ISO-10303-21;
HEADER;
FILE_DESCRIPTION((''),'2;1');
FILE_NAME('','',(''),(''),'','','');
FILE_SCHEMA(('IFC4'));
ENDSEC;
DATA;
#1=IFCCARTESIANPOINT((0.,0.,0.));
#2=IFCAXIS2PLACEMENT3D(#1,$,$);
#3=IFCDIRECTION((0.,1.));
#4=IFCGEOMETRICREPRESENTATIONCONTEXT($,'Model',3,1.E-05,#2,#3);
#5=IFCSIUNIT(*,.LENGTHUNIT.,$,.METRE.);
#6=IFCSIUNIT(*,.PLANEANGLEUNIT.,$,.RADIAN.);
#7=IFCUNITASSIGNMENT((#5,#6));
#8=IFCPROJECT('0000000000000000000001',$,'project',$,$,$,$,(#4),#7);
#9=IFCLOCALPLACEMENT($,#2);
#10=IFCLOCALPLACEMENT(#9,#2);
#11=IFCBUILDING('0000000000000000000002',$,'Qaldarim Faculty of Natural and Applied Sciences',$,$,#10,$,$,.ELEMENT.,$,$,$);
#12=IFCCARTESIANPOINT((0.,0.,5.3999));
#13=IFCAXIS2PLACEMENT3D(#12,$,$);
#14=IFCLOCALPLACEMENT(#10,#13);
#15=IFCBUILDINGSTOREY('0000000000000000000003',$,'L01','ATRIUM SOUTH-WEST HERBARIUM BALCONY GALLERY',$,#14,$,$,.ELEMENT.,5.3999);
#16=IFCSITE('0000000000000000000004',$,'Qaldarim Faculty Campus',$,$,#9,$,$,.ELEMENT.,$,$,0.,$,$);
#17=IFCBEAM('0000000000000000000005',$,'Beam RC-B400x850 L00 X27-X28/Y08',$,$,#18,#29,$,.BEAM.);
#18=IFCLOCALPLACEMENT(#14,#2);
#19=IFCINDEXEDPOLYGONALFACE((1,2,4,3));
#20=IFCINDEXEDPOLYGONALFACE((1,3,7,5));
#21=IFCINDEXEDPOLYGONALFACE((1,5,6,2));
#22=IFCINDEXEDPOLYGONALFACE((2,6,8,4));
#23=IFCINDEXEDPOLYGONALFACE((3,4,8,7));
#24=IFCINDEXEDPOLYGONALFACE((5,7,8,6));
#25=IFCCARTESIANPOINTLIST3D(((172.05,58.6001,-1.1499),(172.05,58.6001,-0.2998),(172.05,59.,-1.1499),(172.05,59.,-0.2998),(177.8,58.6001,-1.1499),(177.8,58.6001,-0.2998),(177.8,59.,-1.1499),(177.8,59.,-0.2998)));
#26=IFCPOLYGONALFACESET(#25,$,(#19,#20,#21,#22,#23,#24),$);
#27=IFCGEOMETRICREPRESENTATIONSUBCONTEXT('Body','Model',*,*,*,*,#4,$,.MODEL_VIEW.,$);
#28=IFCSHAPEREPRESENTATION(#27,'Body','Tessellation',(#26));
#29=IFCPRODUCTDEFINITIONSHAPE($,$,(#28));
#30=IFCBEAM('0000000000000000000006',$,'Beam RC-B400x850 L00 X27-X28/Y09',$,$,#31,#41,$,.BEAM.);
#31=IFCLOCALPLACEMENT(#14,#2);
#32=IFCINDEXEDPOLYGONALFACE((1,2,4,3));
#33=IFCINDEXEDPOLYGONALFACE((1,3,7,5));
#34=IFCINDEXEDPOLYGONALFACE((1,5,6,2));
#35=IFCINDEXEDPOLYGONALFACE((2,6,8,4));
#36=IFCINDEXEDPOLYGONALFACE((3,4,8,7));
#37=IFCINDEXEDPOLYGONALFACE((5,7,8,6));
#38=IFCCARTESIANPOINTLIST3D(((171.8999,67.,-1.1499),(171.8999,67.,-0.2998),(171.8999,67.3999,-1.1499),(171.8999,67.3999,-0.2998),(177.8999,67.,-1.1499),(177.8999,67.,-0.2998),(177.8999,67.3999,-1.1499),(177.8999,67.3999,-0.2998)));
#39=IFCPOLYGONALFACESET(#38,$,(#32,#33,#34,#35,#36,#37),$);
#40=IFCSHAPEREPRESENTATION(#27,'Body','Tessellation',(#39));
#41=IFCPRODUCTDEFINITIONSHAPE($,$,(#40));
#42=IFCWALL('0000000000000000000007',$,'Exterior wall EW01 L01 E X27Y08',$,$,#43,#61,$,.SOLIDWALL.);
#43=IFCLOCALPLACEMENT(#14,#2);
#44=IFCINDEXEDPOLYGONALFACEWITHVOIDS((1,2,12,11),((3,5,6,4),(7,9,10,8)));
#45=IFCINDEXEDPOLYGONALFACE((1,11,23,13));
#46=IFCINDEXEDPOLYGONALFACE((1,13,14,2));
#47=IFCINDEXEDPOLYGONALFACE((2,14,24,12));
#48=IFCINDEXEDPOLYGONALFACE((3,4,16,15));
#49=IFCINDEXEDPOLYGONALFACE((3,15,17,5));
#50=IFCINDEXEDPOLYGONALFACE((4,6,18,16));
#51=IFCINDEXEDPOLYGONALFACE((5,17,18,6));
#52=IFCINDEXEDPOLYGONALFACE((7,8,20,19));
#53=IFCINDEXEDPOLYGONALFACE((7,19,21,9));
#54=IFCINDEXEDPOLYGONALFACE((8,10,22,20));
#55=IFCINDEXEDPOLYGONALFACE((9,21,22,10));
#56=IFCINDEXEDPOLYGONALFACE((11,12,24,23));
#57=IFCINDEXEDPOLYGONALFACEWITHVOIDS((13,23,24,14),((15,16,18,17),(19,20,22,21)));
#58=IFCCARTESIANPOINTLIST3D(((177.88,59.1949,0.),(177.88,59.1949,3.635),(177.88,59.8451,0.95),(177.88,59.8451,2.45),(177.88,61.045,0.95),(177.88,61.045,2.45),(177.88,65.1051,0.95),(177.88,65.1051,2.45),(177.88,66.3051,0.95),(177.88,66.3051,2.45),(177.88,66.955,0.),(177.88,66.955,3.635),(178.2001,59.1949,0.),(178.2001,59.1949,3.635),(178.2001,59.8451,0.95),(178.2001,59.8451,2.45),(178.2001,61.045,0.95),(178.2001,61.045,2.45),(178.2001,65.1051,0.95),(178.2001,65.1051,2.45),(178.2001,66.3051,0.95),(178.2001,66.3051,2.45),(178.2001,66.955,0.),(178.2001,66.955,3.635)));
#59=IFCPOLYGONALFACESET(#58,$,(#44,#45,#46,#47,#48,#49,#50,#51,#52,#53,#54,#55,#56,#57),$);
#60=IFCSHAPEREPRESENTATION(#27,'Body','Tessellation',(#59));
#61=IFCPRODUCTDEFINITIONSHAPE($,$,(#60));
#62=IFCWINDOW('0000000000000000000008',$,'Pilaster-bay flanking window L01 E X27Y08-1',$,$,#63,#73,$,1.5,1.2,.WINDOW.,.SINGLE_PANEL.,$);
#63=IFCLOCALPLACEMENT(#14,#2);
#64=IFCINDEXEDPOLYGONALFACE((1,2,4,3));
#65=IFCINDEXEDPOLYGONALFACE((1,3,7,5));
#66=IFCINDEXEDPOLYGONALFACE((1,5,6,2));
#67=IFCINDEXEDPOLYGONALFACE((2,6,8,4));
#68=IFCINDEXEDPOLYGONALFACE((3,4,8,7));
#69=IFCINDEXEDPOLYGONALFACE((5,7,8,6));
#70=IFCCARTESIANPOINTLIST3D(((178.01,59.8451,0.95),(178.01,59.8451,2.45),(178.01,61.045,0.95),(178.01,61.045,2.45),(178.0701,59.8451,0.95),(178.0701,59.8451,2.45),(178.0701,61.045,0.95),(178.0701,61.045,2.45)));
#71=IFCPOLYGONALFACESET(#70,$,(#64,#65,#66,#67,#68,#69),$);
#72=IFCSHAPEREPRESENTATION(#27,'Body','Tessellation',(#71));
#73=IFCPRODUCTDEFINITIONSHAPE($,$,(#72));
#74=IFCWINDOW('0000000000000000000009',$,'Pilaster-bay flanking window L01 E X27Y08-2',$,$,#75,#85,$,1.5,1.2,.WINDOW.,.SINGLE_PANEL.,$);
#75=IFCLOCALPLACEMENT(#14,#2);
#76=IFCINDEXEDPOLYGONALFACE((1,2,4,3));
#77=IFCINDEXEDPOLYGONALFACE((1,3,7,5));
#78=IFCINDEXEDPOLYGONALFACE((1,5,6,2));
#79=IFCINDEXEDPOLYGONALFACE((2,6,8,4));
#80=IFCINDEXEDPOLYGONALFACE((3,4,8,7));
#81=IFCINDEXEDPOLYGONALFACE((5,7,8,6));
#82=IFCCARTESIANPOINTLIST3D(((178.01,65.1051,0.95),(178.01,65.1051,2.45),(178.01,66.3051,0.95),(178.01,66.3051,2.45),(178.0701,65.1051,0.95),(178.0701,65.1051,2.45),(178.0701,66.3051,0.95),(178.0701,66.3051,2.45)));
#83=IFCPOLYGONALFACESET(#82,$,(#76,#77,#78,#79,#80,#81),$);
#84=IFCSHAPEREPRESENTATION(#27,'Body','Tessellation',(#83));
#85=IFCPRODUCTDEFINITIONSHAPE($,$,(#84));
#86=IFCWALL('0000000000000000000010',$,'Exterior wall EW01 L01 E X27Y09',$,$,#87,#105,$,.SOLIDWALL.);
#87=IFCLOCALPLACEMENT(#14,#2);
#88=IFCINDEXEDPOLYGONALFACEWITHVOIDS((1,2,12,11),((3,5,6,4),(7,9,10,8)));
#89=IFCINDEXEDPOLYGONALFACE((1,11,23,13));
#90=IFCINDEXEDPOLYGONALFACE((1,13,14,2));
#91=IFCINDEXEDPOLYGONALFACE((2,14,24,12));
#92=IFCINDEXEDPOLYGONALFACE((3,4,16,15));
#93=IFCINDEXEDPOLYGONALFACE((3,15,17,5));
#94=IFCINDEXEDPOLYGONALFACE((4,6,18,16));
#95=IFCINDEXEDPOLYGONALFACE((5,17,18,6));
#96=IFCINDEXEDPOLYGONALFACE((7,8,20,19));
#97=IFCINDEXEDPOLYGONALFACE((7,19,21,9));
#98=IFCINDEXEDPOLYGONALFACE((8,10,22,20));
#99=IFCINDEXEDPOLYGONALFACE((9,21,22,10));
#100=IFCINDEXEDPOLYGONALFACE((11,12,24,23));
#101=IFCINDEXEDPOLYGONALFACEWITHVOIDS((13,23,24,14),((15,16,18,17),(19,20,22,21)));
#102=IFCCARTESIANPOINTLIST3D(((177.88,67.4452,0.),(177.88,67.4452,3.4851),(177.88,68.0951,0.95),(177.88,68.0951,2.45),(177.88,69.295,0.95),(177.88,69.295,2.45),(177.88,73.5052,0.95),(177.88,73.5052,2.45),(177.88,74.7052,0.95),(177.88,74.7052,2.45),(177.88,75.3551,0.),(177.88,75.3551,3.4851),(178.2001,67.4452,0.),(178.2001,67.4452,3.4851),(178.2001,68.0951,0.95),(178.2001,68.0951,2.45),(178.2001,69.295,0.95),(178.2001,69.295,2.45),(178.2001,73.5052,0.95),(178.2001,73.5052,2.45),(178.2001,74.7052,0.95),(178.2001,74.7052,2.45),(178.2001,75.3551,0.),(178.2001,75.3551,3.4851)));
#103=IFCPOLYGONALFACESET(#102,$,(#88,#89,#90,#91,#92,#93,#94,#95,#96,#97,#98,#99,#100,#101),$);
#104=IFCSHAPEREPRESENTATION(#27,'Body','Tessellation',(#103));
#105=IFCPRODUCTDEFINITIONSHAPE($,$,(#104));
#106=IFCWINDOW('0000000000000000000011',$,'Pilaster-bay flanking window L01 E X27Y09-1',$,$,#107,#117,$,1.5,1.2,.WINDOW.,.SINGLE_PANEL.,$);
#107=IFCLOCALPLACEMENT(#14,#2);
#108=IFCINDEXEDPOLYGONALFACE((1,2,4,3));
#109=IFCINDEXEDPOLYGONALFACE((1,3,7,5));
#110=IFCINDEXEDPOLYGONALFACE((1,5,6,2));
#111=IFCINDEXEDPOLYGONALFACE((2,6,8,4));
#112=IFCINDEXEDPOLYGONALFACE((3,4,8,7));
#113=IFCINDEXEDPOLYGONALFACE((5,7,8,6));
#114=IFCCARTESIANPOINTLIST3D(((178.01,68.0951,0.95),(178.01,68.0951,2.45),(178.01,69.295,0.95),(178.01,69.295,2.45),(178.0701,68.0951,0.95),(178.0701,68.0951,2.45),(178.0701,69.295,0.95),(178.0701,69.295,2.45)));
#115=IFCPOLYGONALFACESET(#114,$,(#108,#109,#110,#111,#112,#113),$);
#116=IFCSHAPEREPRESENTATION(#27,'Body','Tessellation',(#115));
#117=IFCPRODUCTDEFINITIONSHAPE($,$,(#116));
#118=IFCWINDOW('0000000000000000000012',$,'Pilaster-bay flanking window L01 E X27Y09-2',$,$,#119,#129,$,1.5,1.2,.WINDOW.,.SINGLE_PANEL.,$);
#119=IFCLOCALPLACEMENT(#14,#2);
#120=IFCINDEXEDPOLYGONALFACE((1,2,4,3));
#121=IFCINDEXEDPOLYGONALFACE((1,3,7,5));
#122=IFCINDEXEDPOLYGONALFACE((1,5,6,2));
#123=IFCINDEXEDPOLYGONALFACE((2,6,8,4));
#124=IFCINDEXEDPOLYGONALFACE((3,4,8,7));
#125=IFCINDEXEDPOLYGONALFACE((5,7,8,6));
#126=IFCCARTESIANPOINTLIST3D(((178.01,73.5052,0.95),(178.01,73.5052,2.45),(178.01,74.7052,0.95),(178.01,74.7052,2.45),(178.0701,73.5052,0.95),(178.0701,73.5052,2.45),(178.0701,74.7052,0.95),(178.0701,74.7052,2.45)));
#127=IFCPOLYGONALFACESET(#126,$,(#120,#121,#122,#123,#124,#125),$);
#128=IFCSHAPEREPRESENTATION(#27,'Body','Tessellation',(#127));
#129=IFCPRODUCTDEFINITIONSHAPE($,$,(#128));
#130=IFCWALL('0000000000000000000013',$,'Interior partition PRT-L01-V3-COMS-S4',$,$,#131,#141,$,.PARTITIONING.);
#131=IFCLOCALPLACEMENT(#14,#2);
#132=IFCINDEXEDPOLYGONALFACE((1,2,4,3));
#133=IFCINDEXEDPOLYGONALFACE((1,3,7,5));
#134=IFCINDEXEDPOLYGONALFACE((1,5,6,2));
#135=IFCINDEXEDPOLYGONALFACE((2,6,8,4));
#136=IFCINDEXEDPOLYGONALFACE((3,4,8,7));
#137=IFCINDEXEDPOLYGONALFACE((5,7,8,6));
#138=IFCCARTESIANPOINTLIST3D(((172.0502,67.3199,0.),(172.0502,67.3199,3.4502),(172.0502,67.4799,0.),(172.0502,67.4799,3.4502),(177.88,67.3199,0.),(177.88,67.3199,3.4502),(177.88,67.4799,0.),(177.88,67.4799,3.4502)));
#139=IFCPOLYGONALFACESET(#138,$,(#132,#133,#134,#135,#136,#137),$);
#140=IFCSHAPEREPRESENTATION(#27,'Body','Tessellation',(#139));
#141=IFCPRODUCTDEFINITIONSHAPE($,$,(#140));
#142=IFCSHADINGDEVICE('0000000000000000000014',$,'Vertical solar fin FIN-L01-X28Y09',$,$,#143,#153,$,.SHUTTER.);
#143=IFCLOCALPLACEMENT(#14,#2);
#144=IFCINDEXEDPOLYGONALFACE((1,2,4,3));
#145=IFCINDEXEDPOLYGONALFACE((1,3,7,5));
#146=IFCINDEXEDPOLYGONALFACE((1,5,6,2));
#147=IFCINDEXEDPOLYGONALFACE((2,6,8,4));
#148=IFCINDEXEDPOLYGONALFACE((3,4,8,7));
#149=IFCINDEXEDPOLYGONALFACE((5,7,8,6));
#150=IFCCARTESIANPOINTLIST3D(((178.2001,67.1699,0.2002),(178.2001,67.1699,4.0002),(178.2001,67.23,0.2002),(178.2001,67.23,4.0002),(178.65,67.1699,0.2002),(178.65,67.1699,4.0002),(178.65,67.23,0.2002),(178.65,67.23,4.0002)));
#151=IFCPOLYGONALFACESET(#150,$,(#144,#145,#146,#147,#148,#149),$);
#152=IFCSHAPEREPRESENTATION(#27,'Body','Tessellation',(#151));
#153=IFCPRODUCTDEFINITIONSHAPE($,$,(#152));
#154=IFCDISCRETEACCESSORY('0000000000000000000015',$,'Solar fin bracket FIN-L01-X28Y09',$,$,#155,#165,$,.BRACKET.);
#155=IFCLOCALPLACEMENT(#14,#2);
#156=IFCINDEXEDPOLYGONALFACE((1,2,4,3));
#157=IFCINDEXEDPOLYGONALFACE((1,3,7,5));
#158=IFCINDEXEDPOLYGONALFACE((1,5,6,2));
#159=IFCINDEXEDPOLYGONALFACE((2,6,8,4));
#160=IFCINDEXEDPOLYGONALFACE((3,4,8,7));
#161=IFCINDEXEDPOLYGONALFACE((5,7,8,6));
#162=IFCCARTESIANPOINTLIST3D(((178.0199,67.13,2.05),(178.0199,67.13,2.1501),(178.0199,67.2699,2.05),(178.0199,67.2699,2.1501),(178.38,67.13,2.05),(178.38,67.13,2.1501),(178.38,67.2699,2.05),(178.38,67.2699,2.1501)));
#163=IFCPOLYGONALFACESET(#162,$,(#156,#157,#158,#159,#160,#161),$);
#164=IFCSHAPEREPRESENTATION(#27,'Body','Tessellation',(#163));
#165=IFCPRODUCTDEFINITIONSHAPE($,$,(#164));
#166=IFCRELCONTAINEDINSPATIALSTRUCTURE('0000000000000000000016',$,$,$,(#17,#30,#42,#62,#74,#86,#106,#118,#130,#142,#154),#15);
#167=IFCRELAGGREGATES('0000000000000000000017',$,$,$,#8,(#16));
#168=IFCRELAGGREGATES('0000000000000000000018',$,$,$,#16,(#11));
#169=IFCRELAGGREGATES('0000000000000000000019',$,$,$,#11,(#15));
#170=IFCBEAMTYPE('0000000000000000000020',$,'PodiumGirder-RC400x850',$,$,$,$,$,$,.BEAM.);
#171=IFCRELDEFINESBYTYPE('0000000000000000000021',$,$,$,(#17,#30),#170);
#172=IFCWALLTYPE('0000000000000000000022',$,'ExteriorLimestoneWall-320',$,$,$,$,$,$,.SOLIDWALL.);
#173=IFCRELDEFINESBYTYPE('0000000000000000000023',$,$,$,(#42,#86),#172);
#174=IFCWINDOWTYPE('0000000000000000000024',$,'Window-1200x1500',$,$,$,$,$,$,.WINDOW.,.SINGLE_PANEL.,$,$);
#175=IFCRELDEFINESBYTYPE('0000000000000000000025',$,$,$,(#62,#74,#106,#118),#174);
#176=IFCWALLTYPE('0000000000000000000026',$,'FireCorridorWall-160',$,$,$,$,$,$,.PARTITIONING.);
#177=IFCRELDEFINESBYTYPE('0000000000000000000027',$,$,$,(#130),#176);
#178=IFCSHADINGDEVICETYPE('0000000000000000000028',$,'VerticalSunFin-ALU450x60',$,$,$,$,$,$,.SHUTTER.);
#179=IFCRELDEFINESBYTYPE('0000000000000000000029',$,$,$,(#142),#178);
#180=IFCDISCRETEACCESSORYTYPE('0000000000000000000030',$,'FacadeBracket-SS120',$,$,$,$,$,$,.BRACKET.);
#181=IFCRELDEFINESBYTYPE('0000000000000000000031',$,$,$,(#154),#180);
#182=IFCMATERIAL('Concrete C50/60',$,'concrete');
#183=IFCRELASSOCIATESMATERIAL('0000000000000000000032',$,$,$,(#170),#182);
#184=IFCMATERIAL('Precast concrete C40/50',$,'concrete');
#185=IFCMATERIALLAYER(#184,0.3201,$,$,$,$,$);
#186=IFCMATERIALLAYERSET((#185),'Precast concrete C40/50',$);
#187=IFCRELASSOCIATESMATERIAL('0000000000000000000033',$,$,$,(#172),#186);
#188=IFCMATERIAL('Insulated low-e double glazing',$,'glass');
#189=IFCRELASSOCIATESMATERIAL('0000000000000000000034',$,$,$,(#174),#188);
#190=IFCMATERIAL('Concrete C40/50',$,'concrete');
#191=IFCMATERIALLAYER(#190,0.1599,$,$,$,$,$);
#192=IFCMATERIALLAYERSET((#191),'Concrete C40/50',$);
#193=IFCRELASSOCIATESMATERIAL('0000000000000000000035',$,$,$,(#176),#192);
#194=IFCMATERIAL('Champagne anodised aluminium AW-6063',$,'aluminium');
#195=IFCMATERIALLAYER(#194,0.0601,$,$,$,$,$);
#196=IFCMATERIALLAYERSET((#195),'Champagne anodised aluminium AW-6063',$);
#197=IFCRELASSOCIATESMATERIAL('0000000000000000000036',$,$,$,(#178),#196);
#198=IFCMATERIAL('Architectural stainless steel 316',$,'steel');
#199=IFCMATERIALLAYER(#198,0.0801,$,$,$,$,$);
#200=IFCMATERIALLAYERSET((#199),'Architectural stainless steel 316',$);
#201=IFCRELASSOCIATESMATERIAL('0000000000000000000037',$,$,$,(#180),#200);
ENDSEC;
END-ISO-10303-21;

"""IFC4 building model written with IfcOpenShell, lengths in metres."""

from ifc_helpers import new_model, si_unit, direction, frame, frame_2d, origin, origin_2d, place, context, subcontext, project, spatial, rectangle, extrude, material, layer, layer_set, material_profile, profile_set, type_object, element, fill, save


model = new_model("IFC4")

# Units and contexts
model_context = context("Model", 3, precision=1e-05, world=origin(), true_north=direction((0.0, 1.0)))
body_context = subcontext(model_context, "Body", "Model", "MODEL_VIEW")
ifc_project = project(units=[si_unit("LENGTHUNIT", "METRE"), si_unit("PLANEANGLEUNIT", "RADIAN")], contexts=[model_context])

# Site, building, storey
site_placement = place(None, origin())
site = spatial("IfcSite", under=ifc_project, at=site_placement, Name="Qaldarim Faculty Campus", CompositionType="ELEMENT", RefElevation=0.0)
building_placement = place(site_placement, origin())
building = spatial("IfcBuilding", under=site, at=building_placement, Name="Qaldarim Faculty of Natural and Applied Sciences", CompositionType="ELEMENT")
storey_placement = place(building_placement, frame((0.0, 0.0, 5.3999)))
storey = spatial("IfcBuildingStorey", under=building, at=storey_placement, Name="L01", Description="ATRIUM SOUTH-WEST HERBARIUM BALCONY GALLERY", CompositionType="ELEMENT", Elevation=5.3999)

# Shared definitions
ifc_material_1 = material(Name="Concrete C50/60", Category="concrete")

# Beams
ifc_material_2 = material(Name="Concrete C40/50", Category="concrete")
ifc_material_profile_1 = material_profile(ifc_material_1, rectangle(XDim=0.3999, YDim=0.8501, at=origin_2d()), Name="RC-B400x850")
ifc_profile_set_1 = profile_set([ifc_material_profile_1], Name="Concrete C50/60")
beam_type_1 = type_object("IfcBeamType", Name="PodiumGirder-RC400x850", PredefinedType="BEAM", material=ifc_profile_set_1)
beam_1_placement = place(storey_placement, frame((172.05, 58.8, -0.7249), z_axis=(1.0, 0.0, 0.0), x_axis=(0.0, 1.0, 0.0)))
element("IfcBeam", 1, at=beam_1_placement, inside=storey, type_object=beam_type_1, Name="Beam RC-B400x850 L00 X27-X28/Y08", PredefinedType="BEAM", context=body_context, shape_type="SweptSolid", body=[
    extrude(rectangle(XDim=0.3999, YDim=0.8501, at=origin_2d()), origin(), (0.0, 0.0, 1.0), 5.75),
])
beam_2_placement = place(storey_placement, frame((171.8999, 67.2, -0.7249), z_axis=(1.0, 0.0, 0.0), x_axis=(0.0, 1.0, 0.0)))
element("IfcBeam", 2, at=beam_2_placement, inside=storey, type_object=beam_type_1, Name="Beam RC-B400x850 L00 X27-X28/Y09", PredefinedType="BEAM", context=body_context, shape_type="SweptSolid", body=[
    extrude(rectangle(XDim=0.3999, YDim=0.8501, at=origin_2d()), origin(), (0.0, 0.0, 1.0), 6.0),
])

# Walls, openings, windows
ifc_material_3 = material(Name="Precast concrete C40/50", Category="concrete")
ifc_layer_1 = layer(ifc_material_3, 0.3201)
ifc_layer_set_1 = layer_set([ifc_layer_1], Name="Precast concrete C40/50")
wall_type_1 = type_object("IfcWallType", Name="ExteriorLimestoneWall-320", PredefinedType="SOLIDWALL", material=ifc_layer_set_1)
wall_1_placement = place(storey_placement, frame((178.04, 59.1951, 0.0), z_axis=(0.0, 0.0, 1.0), x_axis=(0.0, 1.0, 0.0)))
wall_1 = element("IfcWall", 3, at=wall_1_placement, inside=storey, type_object=wall_type_1, Name="Exterior wall EW01 L01 E X27Y08", PredefinedType="SOLIDWALL", context=body_context, shape_type="SweptSolid", body=[
    extrude(rectangle(XDim=7.76, YDim=0.3201, at=frame_2d((3.8799, 0.0))), origin(), (0.0, 0.0, 1.0), 3.635),
])
opening_1_placement = place(wall_1_placement, frame((0.6499, 0.0, 0.95)))
opening_1 = element("IfcOpeningElement", 4, at=opening_1_placement, cuts=wall_1, PredefinedType="OPENING", context=body_context, shape_type="SweptSolid", body=[
    extrude(rectangle(XDim=1.2, YDim=1.5, at=frame_2d((0.6001, 0.75))), frame((0.0, 0.1699, 0.0), z_axis=(0.0, -1.0, 0.0), x_axis=(1.0, 0.0, 0.0)), (0.0, 0.0, 1.0), 0.3401),
])
opening_2_placement = place(wall_1_placement, frame((5.9099, 0.0, 0.95)))
opening_2 = element("IfcOpeningElement", 5, at=opening_2_placement, cuts=wall_1, PredefinedType="OPENING", context=body_context, shape_type="SweptSolid", body=[
    extrude(rectangle(XDim=1.2, YDim=1.5, at=frame_2d((0.6001, 0.75))), frame((0.0, 0.1699, 0.0), z_axis=(0.0, -1.0, 0.0), x_axis=(1.0, 0.0, 0.0)), (0.0, 0.0, 1.0), 0.3401),
])
ifc_material_4 = material(Name="Insulated low-e double glazing", Category="glass")
window_type = type_object("IfcWindowType", Name="Window-1200x1500", PartitioningType="SINGLE_PANEL", PredefinedType="WINDOW", material=ifc_material_4)
window_1_placement = place(opening_1_placement, origin())
window_1 = element("IfcWindow", 6, at=window_1_placement, inside=storey, type_object=window_type, Name="Pilaster-bay flanking window L01 E X27Y08-1", OverallHeight=1.5, OverallWidth=1.2, PartitioningType="SINGLE_PANEL", PredefinedType="WINDOW", context=body_context, shape_type="SweptSolid", body=[
    extrude(rectangle(XDim=1.2, YDim=1.5, at=frame_2d((0.6001, 0.75))), frame((0.0, 0.03, 0.0), z_axis=(0.0, -1.0, 0.0), x_axis=(1.0, 0.0, 0.0)), (0.0, 0.0, 1.0), 0.0601),
])
fill(opening_1, window_1)
window_2_placement = place(opening_2_placement, origin())
window_2 = element("IfcWindow", 7, at=window_2_placement, inside=storey, type_object=window_type, Name="Pilaster-bay flanking window L01 E X27Y08-2", OverallHeight=1.5, OverallWidth=1.2, PartitioningType="SINGLE_PANEL", PredefinedType="WINDOW", context=body_context, shape_type="SweptSolid", body=[
    extrude(rectangle(XDim=1.2, YDim=1.5, at=frame_2d((0.6001, 0.75))), frame((0.0, 0.03, 0.0), z_axis=(0.0, -1.0, 0.0), x_axis=(1.0, 0.0, 0.0)), (0.0, 0.0, 1.0), 0.0601),
])
fill(opening_2, window_2)
wall_2_placement = place(storey_placement, frame((178.04, 67.4451, 0.0), z_axis=(0.0, 0.0, 1.0), x_axis=(0.0, 1.0, 0.0)))
wall_2 = element("IfcWall", 8, at=wall_2_placement, inside=storey, type_object=wall_type_1, Name="Exterior wall EW01 L01 E X27Y09", PredefinedType="SOLIDWALL", context=body_context, shape_type="SweptSolid", body=[
    extrude(rectangle(XDim=7.9099, YDim=0.3201, at=frame_2d((3.9551, 0.0))), origin(), (0.0, 0.0, 1.0), 3.4851),
])
opening_3_placement = place(wall_2_placement, frame((0.6499, 0.0, 0.95)))
opening_3 = element("IfcOpeningElement", 9, at=opening_3_placement, cuts=wall_2, PredefinedType="OPENING", context=body_context, shape_type="SweptSolid", body=[
    extrude(rectangle(XDim=1.2, YDim=1.5, at=frame_2d((0.6001, 0.75))), frame((0.0, 0.1699, 0.0), z_axis=(0.0, -1.0, 0.0), x_axis=(1.0, 0.0, 0.0)), (0.0, 0.0, 1.0), 0.3401),
])
opening_4_placement = place(wall_2_placement, frame((6.0601, 0.0, 0.95)))
opening_4 = element("IfcOpeningElement", 10, at=opening_4_placement, cuts=wall_2, PredefinedType="OPENING", context=body_context, shape_type="SweptSolid", body=[
    extrude(rectangle(XDim=1.2, YDim=1.5, at=frame_2d((0.6001, 0.75))), frame((0.0, 0.1699, 0.0), z_axis=(0.0, -1.0, 0.0), x_axis=(1.0, 0.0, 0.0)), (0.0, 0.0, 1.0), 0.3401),
])
window_3_placement = place(opening_3_placement, origin())
window_3 = element("IfcWindow", 11, at=window_3_placement, inside=storey, type_object=window_type, Name="Pilaster-bay flanking window L01 E X27Y09-1", OverallHeight=1.5, OverallWidth=1.2, PartitioningType="SINGLE_PANEL", PredefinedType="WINDOW", context=body_context, shape_type="SweptSolid", body=[
    extrude(rectangle(XDim=1.2, YDim=1.5, at=frame_2d((0.6001, 0.75))), frame((0.0, 0.03, 0.0), z_axis=(0.0, -1.0, 0.0), x_axis=(1.0, 0.0, 0.0)), (0.0, 0.0, 1.0), 0.0601),
])
fill(opening_3, window_3)
window_4_placement = place(opening_4_placement, origin())
window_4 = element("IfcWindow", 12, at=window_4_placement, inside=storey, type_object=window_type, Name="Pilaster-bay flanking window L01 E X27Y09-2", OverallHeight=1.5, OverallWidth=1.2, PartitioningType="SINGLE_PANEL", PredefinedType="WINDOW", context=body_context, shape_type="SweptSolid", body=[
    extrude(rectangle(XDim=1.2, YDim=1.5, at=frame_2d((0.6001, 0.75))), frame((0.0, 0.03, 0.0), z_axis=(0.0, -1.0, 0.0), x_axis=(1.0, 0.0, 0.0)), (0.0, 0.0, 1.0), 0.0601),
])
fill(opening_4, window_4)

# Wall
ifc_layer_2 = layer(ifc_material_2, 0.1599)
ifc_layer_set_2 = layer_set([ifc_layer_2], Name="Concrete C40/50")
wall_type_2 = type_object("IfcWallType", Name="FireCorridorWall-160", PredefinedType="PARTITIONING", material=ifc_layer_set_2)
wall_3_placement = place(storey_placement, frame((172.05, 67.3999, 0.0), z_axis=(0.0, 0.0, 1.0), x_axis=(1.0, 0.0, 0.0)))
element("IfcWall", 13, at=wall_3_placement, inside=storey, type_object=wall_type_2, Name="Interior partition PRT-L01-V3-COMS-S4", PredefinedType="PARTITIONING", context=body_context, shape_type="SweptSolid", body=[
    extrude(rectangle(XDim=5.8298, YDim=0.1599, at=frame_2d((2.915, 0.0))), origin(), (0.0, 0.0, 1.0), 3.4502),
])

# Shading device
ifc_material_5 = material(Name="Champagne anodised aluminium AW-6063", Category="aluminium")
ifc_layer_3 = layer(ifc_material_5, 0.0601)
ifc_layer_set_3 = layer_set([ifc_layer_3], Name="Champagne anodised aluminium AW-6063")
shading_device_type = type_object("IfcShadingDeviceType", Name="VerticalSunFin-ALU450x60", PredefinedType="SHUTTER", material=ifc_layer_set_3)
shading_device_placement = place(storey_placement, frame((178.425, 67.2, 0.2002), z_axis=(0.0, 0.0, 1.0), x_axis=(1.0, 0.0, 0.0)))
element("IfcShadingDevice", 14, at=shading_device_placement, inside=storey, type_object=shading_device_type, Name="Vertical solar fin FIN-L01-X28Y09", PredefinedType="SHUTTER", context=body_context, shape_type="SweptSolid", body=[
    extrude(rectangle(XDim=0.45, YDim=0.0601, at=origin_2d()), origin(), (0.0, 0.0, 1.0), 3.8),
])

# Discrete accessory
ifc_material_6 = material(Name="Architectural stainless steel 316", Category="steel")
ifc_layer_4 = layer(ifc_material_6, 0.0801)
ifc_layer_set_4 = layer_set([ifc_layer_4], Name="Architectural stainless steel 316")
discrete_accessory_type = type_object("IfcDiscreteAccessoryType", Name="FacadeBracket-SS120", PredefinedType="BRACKET", material=ifc_layer_set_4)
discrete_accessory_placement = place(storey_placement, frame((178.2, 67.2, 2.05), z_axis=(0.0, 0.0, 1.0), x_axis=(1.0, 0.0, 0.0)))
element("IfcDiscreteAccessory", 15, at=discrete_accessory_placement, inside=storey, type_object=discrete_accessory_type, Name="Solar fin bracket FIN-L01-X28Y09", PredefinedType="BRACKET", context=body_context, shape_type="SweptSolid", body=[
    extrude(rectangle(XDim=0.3601, YDim=0.1399, at=origin_2d()), origin(), (0.0, 0.0, 1.0), 0.1001),
])

save(model, "model.ifc")
